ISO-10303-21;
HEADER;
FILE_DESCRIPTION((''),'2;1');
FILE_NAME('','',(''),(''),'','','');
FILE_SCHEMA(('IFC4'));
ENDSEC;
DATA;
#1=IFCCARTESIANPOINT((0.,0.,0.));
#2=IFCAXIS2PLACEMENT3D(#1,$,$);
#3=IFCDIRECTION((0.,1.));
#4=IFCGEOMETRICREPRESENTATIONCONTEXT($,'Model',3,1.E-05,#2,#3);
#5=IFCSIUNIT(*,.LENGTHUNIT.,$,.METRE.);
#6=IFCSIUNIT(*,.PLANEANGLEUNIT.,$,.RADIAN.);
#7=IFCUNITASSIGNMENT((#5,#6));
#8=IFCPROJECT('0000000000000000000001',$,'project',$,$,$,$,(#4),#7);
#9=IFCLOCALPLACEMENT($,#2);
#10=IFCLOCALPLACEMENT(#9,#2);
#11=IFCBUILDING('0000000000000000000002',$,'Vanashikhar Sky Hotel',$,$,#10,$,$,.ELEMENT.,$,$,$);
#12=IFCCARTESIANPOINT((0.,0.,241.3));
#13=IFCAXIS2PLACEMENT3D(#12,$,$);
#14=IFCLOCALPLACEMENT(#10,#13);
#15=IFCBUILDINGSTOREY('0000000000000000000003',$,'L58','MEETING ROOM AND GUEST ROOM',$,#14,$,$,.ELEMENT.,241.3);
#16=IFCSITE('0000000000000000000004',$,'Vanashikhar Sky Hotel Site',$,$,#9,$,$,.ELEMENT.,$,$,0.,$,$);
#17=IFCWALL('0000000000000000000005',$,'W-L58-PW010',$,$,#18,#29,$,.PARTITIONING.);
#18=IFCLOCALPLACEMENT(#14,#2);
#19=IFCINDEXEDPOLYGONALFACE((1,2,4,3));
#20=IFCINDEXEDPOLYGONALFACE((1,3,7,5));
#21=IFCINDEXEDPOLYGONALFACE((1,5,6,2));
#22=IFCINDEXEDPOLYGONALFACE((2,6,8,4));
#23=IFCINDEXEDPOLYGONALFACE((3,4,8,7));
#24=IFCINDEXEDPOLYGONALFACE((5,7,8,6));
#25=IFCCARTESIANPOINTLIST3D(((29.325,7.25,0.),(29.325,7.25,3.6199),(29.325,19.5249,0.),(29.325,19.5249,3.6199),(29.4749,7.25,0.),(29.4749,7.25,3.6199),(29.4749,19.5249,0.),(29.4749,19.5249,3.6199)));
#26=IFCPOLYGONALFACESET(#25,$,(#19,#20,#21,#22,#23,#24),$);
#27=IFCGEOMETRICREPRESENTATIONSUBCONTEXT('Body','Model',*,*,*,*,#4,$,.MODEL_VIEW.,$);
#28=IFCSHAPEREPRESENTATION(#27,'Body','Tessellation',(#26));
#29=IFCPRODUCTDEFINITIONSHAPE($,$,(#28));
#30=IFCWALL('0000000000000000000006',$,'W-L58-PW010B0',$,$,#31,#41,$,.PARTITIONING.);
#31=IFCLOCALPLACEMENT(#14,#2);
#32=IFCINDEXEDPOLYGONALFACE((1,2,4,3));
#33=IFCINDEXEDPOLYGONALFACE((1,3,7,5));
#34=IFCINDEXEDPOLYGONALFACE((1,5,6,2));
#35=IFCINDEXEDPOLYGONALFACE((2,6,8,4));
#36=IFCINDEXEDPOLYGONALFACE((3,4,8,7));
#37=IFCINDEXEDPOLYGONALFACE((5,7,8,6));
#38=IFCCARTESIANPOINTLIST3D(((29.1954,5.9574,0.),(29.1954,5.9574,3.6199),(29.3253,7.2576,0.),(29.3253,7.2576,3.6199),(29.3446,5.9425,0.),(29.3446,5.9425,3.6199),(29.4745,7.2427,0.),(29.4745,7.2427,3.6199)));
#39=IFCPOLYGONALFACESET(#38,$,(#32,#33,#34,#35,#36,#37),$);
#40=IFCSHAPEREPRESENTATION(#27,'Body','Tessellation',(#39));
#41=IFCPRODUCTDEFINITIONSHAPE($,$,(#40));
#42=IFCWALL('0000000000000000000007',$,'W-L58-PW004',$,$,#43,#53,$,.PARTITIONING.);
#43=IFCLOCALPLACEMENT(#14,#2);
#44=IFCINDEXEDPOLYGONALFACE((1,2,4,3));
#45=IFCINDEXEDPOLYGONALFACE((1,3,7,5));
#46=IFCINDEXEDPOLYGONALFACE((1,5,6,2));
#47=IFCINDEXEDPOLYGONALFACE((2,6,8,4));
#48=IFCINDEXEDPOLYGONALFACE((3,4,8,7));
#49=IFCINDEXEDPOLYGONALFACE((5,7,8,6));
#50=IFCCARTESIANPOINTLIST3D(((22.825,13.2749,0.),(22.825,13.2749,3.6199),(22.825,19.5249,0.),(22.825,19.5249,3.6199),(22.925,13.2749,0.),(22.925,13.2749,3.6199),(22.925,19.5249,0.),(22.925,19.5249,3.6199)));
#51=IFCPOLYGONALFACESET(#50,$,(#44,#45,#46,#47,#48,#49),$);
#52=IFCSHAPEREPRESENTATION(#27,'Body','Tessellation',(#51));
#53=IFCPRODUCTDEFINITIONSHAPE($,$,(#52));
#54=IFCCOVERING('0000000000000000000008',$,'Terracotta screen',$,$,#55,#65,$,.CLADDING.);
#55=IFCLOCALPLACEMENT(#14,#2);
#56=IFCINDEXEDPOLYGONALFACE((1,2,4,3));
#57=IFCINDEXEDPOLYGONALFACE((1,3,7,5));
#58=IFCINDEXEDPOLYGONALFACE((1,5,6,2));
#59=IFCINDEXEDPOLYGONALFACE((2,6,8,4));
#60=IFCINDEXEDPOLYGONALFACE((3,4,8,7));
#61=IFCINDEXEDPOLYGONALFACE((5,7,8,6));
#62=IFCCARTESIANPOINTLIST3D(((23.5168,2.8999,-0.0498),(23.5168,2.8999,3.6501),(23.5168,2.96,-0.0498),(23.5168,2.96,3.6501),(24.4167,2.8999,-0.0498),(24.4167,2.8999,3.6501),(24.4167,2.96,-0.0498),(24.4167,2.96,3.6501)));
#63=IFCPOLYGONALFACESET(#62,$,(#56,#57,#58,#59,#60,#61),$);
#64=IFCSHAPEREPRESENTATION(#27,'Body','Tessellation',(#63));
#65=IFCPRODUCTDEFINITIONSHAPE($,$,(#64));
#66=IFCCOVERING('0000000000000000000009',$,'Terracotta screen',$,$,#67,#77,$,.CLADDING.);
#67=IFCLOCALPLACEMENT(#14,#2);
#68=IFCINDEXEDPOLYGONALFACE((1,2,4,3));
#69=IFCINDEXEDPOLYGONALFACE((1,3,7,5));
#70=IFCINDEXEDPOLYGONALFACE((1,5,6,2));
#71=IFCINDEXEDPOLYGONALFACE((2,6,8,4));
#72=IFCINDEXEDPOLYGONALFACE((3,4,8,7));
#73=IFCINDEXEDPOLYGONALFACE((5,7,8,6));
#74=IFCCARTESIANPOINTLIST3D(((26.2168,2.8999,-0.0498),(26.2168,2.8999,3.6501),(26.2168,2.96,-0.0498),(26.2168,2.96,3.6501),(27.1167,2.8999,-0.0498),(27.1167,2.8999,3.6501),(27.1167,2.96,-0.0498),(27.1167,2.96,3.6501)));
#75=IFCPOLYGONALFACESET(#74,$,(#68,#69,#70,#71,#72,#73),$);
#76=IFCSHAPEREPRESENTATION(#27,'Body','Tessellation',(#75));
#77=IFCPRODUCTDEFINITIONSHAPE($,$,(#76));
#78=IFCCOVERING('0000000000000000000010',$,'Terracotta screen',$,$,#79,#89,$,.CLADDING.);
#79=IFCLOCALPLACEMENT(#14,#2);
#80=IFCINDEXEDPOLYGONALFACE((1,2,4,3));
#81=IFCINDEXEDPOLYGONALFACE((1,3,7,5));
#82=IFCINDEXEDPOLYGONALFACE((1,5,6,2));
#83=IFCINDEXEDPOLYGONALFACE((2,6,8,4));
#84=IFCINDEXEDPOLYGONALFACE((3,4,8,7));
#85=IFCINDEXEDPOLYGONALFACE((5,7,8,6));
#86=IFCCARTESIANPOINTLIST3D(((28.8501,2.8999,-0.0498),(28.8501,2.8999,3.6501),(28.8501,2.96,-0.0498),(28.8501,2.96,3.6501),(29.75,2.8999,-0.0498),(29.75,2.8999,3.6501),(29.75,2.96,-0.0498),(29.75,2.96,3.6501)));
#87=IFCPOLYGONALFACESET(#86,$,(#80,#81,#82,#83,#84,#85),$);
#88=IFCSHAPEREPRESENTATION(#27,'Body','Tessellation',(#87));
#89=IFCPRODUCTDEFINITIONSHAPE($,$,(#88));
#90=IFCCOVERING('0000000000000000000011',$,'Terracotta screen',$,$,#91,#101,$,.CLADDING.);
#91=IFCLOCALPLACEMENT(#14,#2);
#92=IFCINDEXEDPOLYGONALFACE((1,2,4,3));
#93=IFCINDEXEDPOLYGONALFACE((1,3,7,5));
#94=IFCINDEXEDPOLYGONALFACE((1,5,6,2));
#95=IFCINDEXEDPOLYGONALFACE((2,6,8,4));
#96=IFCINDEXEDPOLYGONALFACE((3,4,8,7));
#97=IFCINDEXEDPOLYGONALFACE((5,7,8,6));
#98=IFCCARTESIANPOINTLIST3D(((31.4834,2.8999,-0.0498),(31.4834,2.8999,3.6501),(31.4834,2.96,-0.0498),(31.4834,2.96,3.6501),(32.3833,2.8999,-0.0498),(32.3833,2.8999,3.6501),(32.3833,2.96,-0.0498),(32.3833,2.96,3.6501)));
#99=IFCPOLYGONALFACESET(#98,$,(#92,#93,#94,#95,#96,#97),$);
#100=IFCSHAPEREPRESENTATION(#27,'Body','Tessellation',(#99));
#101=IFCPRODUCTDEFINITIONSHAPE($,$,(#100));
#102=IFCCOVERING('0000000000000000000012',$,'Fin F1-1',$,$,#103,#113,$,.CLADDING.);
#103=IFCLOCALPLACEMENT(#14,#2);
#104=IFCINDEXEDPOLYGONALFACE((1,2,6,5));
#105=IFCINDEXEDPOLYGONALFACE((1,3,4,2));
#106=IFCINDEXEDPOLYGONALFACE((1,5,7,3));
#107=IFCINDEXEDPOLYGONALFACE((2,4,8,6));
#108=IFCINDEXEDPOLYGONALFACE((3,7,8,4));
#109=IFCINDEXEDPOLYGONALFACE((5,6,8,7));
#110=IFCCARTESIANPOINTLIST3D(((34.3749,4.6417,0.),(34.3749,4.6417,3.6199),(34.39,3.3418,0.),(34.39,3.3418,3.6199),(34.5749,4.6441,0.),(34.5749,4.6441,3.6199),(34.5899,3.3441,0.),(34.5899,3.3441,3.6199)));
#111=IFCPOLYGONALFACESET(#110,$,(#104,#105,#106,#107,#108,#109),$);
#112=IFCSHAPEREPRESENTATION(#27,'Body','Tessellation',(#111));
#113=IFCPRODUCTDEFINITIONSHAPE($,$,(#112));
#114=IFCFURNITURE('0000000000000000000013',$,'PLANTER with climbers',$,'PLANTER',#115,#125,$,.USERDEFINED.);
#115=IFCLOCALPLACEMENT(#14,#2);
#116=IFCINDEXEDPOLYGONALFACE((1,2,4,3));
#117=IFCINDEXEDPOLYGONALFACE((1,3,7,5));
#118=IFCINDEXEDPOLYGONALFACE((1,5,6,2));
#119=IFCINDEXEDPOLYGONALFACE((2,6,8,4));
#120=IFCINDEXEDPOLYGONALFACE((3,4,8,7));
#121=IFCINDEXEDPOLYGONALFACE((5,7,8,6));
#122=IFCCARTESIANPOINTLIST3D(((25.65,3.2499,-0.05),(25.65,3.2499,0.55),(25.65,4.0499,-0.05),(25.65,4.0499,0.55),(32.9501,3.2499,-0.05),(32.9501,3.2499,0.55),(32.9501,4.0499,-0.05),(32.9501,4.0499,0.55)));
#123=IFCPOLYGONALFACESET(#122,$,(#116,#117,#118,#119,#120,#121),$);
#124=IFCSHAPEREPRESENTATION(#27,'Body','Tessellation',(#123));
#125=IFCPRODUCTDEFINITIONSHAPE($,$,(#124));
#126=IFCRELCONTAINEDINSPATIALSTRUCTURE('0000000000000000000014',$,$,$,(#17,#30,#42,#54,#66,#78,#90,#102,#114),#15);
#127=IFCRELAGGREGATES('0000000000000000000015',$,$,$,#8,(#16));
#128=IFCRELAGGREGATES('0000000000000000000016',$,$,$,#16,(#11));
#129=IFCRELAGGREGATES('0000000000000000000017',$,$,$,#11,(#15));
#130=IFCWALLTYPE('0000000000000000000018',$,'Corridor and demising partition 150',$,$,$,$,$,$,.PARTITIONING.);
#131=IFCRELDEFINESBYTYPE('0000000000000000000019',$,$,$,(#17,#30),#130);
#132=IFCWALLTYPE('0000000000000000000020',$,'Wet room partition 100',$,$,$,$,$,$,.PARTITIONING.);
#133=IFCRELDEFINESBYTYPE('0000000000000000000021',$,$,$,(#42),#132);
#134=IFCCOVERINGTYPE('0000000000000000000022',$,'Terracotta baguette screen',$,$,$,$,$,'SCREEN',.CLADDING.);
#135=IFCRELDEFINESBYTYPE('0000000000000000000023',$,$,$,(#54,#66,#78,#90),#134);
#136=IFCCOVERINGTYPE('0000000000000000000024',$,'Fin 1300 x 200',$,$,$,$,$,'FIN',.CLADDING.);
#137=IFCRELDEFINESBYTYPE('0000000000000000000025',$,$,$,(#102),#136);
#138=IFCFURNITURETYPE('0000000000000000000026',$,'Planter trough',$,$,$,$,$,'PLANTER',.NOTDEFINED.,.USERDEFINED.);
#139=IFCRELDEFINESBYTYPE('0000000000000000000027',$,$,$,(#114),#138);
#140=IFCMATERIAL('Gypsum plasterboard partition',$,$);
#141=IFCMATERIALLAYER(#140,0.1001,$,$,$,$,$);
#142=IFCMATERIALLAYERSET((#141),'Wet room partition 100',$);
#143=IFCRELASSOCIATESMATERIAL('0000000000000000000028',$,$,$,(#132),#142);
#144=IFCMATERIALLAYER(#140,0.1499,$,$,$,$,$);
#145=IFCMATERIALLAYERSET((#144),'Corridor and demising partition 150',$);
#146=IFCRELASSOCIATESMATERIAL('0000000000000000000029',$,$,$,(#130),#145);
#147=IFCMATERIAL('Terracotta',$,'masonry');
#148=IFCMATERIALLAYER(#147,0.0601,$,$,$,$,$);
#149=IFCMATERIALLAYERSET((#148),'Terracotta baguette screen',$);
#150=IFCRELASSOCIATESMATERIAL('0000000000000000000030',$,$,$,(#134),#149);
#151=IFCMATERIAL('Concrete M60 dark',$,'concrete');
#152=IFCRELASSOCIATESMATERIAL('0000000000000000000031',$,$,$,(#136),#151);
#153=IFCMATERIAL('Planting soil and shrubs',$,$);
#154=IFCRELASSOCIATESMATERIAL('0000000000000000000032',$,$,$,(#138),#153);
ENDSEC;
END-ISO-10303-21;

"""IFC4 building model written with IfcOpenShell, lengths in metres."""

from ifc_helpers import new_model, si_unit, direction, frame, frame_2d, origin, origin_2d, place, context, subcontext, project, spatial, rectangle, extrude, source, transform, mapped, material, layer, layer_set, material_profile, profile_set, type_object, element, save


model = new_model("IFC4")

# Units and contexts
model_context = context("Model", 3, precision=1e-05, world=origin(), true_north=direction((0.0, 1.0)))
body_context = subcontext(model_context, "Body", "Model", "MODEL_VIEW")
ifc_project = project(units=[si_unit("LENGTHUNIT", "METRE"), si_unit("PLANEANGLEUNIT", "RADIAN")], contexts=[model_context])

# Site, building, storey
site_placement = place(None, origin())
site = spatial("IfcSite", under=ifc_project, at=site_placement, Name="Vanashikhar Sky Hotel Site", CompositionType="ELEMENT", RefElevation=0.0)
building_placement = place(site_placement, origin())
building = spatial("IfcBuilding", under=site, at=building_placement, Name="Vanashikhar Sky Hotel", CompositionType="ELEMENT")
storey_placement = place(building_placement, frame((0.0, 0.0, 241.3)))
storey = spatial("IfcBuildingStorey", under=building, at=storey_placement, Name="L58", Description="MEETING ROOM AND GUEST ROOM", CompositionType="ELEMENT", Elevation=241.3)

# Shared definitions
ifc_material_1 = material(Name="Gypsum plasterboard partition")
ifc_layer_1 = layer(ifc_material_1, 0.1001)
ifc_layer_set_1 = layer_set([ifc_layer_1], Name="Wet room partition 100")
wall_type_1 = type_object("IfcWallType", Name="Wet room partition 100", PredefinedType="PARTITIONING", material=ifc_layer_set_1)

# Walls
ifc_layer_2 = layer(ifc_material_1, 0.1499)
ifc_layer_set_2 = layer_set([ifc_layer_2], Name="Corridor and demising partition 150")
wall_type_2 = type_object("IfcWallType", Name="Corridor and demising partition 150", PredefinedType="PARTITIONING", material=ifc_layer_set_2)
shared_shape_1 = source(origin(), body_context, "Body", "SweptSolid", [
    extrude(rectangle(XDim=12.2749, YDim=0.1499, at=frame_2d((6.1375, 0.0))), origin(), (0.0, 0.0, 1.0), 3.6199),
])
wall_1_placement = place(storey_placement, frame((29.3999, 7.25, 0.0), z_axis=(0.0, 0.0, 1.0), x_axis=(0.0, 1.0, 0.0)))
element("IfcWall", 1, at=wall_1_placement, inside=storey, type_object=wall_type_2, Name="W-L58-PW010", PredefinedType="PARTITIONING", context=body_context, shape_type="MappedRepresentation", body=[
    mapped(shared_shape_1, transform((0.0, 0.0, 0.0), scale=1.0)),
])
shared_shape_2 = source(origin(), body_context, "Body", "SweptSolid", [
    extrude(rectangle(XDim=1.3066, YDim=0.1499, at=frame_2d((0.6533, 0.0))), origin(), (0.0, 0.0, 1.0), 3.6199),
])
wall_2_placement = place(storey_placement, frame((29.27, 5.95, 0.0), z_axis=(0.0, 0.0, 1.0), x_axis=(0.099411, 0.995046, 0.0)))
element("IfcWall", 2, at=wall_2_placement, inside=storey, type_object=wall_type_2, Name="W-L58-PW010B0", PredefinedType="PARTITIONING", context=body_context, shape_type="MappedRepresentation", body=[
    mapped(shared_shape_2, transform((0.0, 0.0, 0.0), scale=1.0)),
])
shared_shape_3 = source(origin(), body_context, "Body", "SweptSolid", [
    extrude(rectangle(XDim=6.25, YDim=0.1001, at=frame_2d((3.125, 0.0))), origin(), (0.0, 0.0, 1.0), 3.6199),
])
wall_3_placement = place(storey_placement, frame((22.875, 13.2749, 0.0), z_axis=(0.0, 0.0, 1.0), x_axis=(0.0, 1.0, 0.0)))
element("IfcWall", 3, at=wall_3_placement, inside=storey, type_object=wall_type_1, Name="W-L58-PW004", PredefinedType="PARTITIONING", context=body_context, shape_type="MappedRepresentation", body=[
    mapped(shared_shape_3, transform((0.0, 0.0, 0.0), scale=1.0)),
])

# Coverings
ifc_material_2 = material(Name="Terracotta", Category="masonry")
ifc_layer_3 = layer(ifc_material_2, 0.0601)
ifc_layer_set_3 = layer_set([ifc_layer_3], Name="Terracotta baguette screen")
covering_type_1 = type_object("IfcCoveringType", Name="Terracotta baguette screen", ElementType="SCREEN", PredefinedType="CLADDING", material=ifc_layer_set_3)
shared_shape_4 = source(origin(), body_context, "Body", "SweptSolid", [
    extrude(rectangle(XDim=0.8999, YDim=0.0601, at=origin_2d()), origin(), (0.0, 0.0, 1.0), 3.7),
])
for number, where, z_axis, x_axis, name in (
    (4, (23.9668, 2.9299, -0.0498), (0.0, 0.0, 1.0), (1.0, 0.0, 0.0), "Terracotta screen"),
    (5, (26.6667, 2.9299, -0.0498), (0.0, 0.0, 1.0), (1.0, 0.0, 0.0), "Terracotta screen"),
    (6, (29.3, 2.9299, -0.0498), (0.0, 0.0, 1.0), (1.0, 0.0, 0.0), "Terracotta screen"),
    (7, (31.9333, 2.9299, -0.0498), (0.0, 0.0, 1.0), (1.0, 0.0, 0.0), "Terracotta screen"),
):
    element("IfcCovering", number, at=place(storey_placement, frame(where, z_axis=z_axis, x_axis=x_axis)), inside=storey, type_object=covering_type_1, Name=name, PredefinedType="CLADDING", context=body_context, shape_type="MappedRepresentation", body=[
        mapped(shared_shape_4, transform((0.0, 0.0, 0.0), scale=1.0)),
    ])
ifc_material_3 = material(Name="Concrete M60 dark", Category="concrete")
ifc_material_profile_1 = material_profile(ifc_material_3, rectangle(XDim=1.3, YDim=0.2, at=origin_2d()))
ifc_profile_set_1 = profile_set([ifc_material_profile_1], Name="Fin 1300 x 200")
covering_type_2 = type_object("IfcCoveringType", Name="Fin 1300 x 200", ElementType="FIN", PredefinedType="CLADDING", material=ifc_profile_set_1)
shared_shape_5 = source(origin(), body_context, "Body", "SweptSolid", [
    extrude(rectangle(XDim=1.3, YDim=0.2, at=origin_2d()), origin(), (0.0, 0.0, 1.0), 3.6199),
])
covering_placement = place(storey_placement, frame((34.4824, 3.9929, 0.0), z_axis=(0.0, 0.0, 1.0), x_axis=(0.011589, -0.999933, 0.0)))
element("IfcCovering", 8, at=covering_placement, inside=storey, type_object=covering_type_2, Name="Fin F1-1", PredefinedType="CLADDING", context=body_context, shape_type="MappedRepresentation", body=[
    mapped(shared_shape_5, transform((0.0, 0.0, 0.0), scale=1.0)),
])

# Furniture
ifc_material_4 = material(Name="Planting soil and shrubs")
furniture_type = type_object("IfcFurnitureType", Name="Planter trough", ElementType="PLANTER", AssemblyPlace="NOTDEFINED", PredefinedType="USERDEFINED", material=ifc_material_4)
shared_shape_6 = source(origin(), body_context, "Body", "SweptSolid", [
    extrude(rectangle(XDim=7.3, YDim=0.8, at=origin_2d()), origin(), (0.0, 0.0, 1.0), 0.6001),
])
furniture_placement = place(storey_placement, frame((29.3, 3.6499, -0.05), z_axis=(0.0, 0.0, 1.0), x_axis=(1.0, 0.0, 0.0)))
element("IfcFurniture", 9, at=furniture_placement, inside=storey, type_object=furniture_type, Name="PLANTER with climbers", ObjectType="PLANTER", PredefinedType="USERDEFINED", context=body_context, shape_type="MappedRepresentation", body=[
    mapped(shared_shape_6, transform((0.0, 0.0, 0.0), scale=1.0)),
])

save(model, "model.ifc")
